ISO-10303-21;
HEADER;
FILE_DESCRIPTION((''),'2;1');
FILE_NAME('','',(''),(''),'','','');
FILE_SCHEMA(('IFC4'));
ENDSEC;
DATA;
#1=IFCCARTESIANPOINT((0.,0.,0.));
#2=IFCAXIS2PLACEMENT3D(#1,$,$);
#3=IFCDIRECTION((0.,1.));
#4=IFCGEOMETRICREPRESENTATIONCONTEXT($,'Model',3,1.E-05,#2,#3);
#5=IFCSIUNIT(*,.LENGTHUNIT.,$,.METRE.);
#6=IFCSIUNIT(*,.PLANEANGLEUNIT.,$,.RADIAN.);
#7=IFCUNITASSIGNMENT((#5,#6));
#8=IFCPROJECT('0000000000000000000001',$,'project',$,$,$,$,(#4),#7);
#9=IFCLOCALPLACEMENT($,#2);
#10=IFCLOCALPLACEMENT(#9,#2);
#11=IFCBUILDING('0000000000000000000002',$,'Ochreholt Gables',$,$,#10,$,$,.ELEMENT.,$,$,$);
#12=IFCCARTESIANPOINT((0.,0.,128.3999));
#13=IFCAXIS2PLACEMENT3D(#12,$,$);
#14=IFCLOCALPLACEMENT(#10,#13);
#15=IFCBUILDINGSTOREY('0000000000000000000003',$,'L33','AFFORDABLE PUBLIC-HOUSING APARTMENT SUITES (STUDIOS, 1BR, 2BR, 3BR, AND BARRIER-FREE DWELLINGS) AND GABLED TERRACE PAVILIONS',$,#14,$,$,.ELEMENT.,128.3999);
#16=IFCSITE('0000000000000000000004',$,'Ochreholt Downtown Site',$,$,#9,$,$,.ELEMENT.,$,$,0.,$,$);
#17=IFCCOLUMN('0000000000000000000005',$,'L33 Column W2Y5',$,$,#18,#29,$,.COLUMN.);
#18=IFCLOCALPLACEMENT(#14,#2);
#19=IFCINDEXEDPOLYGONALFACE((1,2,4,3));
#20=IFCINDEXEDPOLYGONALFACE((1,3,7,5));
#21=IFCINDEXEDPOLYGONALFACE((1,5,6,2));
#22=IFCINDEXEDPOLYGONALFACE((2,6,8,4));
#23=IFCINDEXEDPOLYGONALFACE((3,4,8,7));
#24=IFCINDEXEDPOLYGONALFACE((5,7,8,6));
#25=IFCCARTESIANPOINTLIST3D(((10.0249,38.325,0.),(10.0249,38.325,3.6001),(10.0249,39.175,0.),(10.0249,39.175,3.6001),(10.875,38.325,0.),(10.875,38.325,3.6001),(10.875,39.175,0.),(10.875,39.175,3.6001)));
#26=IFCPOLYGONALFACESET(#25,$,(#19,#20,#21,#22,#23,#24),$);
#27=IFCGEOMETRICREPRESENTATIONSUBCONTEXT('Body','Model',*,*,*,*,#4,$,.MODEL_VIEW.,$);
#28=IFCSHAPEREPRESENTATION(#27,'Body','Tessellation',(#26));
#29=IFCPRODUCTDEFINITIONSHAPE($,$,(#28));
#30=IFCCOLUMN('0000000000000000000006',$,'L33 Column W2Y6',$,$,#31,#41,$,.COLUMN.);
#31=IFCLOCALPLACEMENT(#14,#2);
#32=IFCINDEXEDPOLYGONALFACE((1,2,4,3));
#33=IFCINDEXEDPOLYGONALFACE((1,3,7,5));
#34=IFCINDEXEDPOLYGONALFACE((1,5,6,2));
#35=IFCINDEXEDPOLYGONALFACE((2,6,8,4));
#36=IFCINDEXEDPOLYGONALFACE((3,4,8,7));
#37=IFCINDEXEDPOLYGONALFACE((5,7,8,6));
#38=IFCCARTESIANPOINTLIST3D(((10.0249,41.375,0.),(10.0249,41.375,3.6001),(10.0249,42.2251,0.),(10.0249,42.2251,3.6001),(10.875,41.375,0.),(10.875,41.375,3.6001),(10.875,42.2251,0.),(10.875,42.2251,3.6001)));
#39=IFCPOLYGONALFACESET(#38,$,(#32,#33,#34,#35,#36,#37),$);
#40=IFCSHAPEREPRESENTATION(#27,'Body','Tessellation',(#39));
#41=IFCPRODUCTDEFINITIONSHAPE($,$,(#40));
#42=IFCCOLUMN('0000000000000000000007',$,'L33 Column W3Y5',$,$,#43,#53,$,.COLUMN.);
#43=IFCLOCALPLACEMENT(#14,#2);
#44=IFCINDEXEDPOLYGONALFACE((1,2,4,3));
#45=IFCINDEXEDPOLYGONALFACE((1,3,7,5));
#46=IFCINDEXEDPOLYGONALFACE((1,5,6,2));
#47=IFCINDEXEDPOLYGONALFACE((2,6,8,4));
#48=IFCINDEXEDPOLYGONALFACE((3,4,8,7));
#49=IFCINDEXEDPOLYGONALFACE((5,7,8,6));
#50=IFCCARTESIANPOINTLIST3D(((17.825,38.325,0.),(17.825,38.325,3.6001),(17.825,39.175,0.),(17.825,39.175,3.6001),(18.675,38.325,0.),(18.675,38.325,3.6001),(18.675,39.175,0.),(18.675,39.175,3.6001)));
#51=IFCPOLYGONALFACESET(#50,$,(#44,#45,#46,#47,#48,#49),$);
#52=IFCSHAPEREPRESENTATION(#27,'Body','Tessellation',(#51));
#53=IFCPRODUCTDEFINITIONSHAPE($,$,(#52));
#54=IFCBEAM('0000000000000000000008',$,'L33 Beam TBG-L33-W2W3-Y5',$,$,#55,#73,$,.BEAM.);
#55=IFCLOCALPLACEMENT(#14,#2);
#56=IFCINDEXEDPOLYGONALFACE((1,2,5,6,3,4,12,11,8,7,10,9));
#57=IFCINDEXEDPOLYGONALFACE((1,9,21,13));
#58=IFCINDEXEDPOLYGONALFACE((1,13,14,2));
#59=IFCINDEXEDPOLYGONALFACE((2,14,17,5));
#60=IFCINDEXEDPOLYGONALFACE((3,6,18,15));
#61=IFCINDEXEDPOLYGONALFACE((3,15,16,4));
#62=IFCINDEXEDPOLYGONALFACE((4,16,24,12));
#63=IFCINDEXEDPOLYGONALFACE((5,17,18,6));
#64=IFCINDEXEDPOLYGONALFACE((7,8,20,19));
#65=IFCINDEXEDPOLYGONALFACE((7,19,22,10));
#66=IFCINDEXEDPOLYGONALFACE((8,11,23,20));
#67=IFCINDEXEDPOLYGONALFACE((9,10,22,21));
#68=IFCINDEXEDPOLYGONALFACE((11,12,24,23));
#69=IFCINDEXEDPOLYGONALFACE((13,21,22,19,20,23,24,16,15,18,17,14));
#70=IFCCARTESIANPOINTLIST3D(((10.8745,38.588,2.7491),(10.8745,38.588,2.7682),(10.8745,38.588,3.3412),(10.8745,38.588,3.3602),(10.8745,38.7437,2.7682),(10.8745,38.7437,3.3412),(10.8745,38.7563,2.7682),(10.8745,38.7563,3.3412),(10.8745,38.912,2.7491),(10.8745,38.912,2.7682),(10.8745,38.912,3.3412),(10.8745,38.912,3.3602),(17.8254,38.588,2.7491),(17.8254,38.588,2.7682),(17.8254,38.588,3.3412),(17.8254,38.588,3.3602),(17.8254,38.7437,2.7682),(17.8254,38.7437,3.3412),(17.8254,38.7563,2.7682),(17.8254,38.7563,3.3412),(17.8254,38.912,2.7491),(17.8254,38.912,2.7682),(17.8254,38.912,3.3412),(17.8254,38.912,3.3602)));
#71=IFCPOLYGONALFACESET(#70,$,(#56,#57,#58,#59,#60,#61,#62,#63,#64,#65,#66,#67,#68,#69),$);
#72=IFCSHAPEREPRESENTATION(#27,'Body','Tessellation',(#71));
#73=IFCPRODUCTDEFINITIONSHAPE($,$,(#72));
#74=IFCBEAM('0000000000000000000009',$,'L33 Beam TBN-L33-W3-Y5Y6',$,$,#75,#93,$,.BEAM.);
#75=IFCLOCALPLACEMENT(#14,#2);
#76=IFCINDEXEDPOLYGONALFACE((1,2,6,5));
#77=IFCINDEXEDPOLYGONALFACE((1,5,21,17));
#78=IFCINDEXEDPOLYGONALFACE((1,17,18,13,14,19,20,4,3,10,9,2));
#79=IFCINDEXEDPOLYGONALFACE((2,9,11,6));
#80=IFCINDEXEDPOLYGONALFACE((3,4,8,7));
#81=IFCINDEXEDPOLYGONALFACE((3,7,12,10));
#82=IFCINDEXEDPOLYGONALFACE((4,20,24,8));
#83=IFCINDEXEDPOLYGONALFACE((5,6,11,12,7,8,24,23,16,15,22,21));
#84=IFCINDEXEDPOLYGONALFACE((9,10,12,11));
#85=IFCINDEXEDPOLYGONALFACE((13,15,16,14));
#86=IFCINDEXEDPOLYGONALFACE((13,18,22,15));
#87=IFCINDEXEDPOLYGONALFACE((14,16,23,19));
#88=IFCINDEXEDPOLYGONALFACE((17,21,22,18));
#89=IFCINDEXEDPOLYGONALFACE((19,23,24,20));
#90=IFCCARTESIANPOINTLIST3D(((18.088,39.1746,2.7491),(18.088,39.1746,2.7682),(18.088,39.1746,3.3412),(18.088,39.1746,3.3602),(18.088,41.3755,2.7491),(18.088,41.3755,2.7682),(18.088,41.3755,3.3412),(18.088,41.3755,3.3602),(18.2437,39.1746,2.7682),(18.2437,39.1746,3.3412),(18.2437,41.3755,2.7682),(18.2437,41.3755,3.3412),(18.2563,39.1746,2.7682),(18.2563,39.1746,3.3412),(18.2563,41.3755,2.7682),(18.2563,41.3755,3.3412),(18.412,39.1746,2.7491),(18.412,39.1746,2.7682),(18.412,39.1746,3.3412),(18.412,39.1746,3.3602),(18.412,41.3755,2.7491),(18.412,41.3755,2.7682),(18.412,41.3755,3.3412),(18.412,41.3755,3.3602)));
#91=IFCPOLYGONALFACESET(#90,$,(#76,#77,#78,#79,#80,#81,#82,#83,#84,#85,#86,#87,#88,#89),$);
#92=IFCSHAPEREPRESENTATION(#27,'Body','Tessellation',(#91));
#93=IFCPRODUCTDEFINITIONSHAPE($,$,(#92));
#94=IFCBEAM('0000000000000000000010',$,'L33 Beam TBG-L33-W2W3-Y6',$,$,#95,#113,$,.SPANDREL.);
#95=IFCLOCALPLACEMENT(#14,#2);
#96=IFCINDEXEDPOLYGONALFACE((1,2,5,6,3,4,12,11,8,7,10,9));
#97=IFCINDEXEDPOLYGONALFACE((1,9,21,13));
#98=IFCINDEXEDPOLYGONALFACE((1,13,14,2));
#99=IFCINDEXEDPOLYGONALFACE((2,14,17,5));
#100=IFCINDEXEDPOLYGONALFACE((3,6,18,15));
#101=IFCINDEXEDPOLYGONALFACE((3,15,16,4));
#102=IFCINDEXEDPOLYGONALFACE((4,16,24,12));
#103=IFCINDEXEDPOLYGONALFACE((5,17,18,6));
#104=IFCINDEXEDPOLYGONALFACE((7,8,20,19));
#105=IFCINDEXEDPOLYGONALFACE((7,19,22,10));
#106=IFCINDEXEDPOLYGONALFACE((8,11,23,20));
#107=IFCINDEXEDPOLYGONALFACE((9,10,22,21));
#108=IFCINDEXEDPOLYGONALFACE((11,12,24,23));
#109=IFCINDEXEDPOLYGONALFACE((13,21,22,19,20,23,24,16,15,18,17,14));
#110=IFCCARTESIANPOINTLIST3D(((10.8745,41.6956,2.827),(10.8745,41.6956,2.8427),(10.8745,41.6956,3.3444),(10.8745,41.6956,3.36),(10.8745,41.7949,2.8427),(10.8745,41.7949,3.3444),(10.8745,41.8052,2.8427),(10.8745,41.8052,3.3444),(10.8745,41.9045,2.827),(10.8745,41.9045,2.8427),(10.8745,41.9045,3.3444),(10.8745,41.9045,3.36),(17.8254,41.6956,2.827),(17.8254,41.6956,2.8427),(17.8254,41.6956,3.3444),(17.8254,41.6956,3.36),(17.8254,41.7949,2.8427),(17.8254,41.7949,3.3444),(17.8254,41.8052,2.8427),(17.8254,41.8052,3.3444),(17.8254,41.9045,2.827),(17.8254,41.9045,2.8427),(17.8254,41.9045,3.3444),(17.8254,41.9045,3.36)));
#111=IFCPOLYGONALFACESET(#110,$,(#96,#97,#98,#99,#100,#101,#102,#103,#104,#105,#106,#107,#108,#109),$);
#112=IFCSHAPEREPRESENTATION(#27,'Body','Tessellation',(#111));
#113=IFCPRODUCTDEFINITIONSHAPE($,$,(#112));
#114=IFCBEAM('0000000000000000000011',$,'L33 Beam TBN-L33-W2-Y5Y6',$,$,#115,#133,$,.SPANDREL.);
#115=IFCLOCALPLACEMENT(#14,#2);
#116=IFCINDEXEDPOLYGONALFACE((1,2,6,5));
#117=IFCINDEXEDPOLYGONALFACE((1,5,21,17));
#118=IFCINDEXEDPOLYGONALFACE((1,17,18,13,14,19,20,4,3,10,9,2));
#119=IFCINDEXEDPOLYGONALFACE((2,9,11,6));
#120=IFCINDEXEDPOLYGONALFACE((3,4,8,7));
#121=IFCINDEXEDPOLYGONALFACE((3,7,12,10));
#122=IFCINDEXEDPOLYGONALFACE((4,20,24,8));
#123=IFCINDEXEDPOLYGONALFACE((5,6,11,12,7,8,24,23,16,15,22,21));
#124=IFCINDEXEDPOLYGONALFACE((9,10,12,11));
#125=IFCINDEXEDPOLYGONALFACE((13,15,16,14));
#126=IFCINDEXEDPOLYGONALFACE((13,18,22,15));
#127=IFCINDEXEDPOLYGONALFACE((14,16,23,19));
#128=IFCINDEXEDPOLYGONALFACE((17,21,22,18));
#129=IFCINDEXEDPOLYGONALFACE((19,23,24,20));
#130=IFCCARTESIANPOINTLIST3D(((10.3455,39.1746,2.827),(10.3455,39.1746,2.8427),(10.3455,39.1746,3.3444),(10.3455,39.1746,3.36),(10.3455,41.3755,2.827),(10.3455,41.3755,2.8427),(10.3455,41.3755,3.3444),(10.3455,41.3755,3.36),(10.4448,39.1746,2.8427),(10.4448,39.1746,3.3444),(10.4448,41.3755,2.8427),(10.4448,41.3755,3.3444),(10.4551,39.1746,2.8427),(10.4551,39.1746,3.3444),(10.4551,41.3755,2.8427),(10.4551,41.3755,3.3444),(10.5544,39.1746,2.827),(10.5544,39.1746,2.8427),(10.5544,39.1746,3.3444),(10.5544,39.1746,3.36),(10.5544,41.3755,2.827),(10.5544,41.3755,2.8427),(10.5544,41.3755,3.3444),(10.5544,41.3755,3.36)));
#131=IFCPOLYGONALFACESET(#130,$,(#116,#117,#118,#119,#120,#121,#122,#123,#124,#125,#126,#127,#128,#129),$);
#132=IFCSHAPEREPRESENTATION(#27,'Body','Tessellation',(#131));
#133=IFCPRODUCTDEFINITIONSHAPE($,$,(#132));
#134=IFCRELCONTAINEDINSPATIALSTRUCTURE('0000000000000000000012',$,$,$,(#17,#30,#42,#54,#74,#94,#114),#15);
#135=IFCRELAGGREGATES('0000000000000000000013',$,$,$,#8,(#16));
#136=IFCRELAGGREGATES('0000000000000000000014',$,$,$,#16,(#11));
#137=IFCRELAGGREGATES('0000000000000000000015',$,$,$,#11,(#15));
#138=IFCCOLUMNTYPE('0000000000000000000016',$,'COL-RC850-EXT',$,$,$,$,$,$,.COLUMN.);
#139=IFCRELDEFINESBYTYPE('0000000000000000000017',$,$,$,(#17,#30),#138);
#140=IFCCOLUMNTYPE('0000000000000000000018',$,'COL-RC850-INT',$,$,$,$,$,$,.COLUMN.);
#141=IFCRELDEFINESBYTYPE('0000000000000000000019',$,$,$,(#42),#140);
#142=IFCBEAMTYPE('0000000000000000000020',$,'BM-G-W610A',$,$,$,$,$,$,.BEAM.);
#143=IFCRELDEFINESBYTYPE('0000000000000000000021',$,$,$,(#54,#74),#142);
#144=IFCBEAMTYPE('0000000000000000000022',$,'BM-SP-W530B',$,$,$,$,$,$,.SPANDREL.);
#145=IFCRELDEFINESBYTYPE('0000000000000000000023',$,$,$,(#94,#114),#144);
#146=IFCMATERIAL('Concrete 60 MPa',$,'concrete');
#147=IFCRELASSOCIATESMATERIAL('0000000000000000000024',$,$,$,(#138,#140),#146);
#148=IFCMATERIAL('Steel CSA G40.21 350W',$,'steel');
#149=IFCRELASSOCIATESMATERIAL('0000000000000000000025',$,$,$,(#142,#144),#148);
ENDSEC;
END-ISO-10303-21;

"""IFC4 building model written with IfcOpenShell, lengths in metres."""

from ifc_helpers import new_model, si_unit, direction, frame, origin, origin_2d, place, context, subcontext, project, spatial, rectangle, i_section, extrude, material, material_profile, profile_set, type_object, element, save


model = new_model("IFC4")

# Units and contexts
model_context = context("Model", 3, precision=1e-05, world=origin(), true_north=direction((0.0, 1.0)))
body_context = subcontext(model_context, "Body", "Model", "MODEL_VIEW")
ifc_project = project(units=[si_unit("LENGTHUNIT", "METRE"), si_unit("PLANEANGLEUNIT", "RADIAN")], contexts=[model_context])

# Site, building, storey
site_placement = place(None, origin())
site = spatial("IfcSite", under=ifc_project, at=site_placement, Name="Ochreholt Downtown Site", CompositionType="ELEMENT", RefElevation=0.0)
building_placement = place(site_placement, origin())
building = spatial("IfcBuilding", under=site, at=building_placement, Name="Ochreholt Gables", CompositionType="ELEMENT")
storey_placement = place(building_placement, frame((0.0, 0.0, 128.3999)))
storey = spatial("IfcBuildingStorey", under=building, at=storey_placement, Name="L33", Description="AFFORDABLE PUBLIC-HOUSING APARTMENT SUITES (STUDIOS, 1BR, 2BR, 3BR, AND BARRIER-FREE DWELLINGS) AND GABLED TERRACE PAVILIONS", CompositionType="ELEMENT", Elevation=128.3999)

# Columns
ifc_material_1 = material(Name="Concrete 60 MPa", Category="concrete")
ifc_material_profile_1 = material_profile(ifc_material_1, rectangle(XDim=0.8501, YDim=0.8501, at=origin_2d()), Name="RC850X850")
ifc_profile_set_1 = profile_set([ifc_material_profile_1], Name="Concrete 60 MPa")
column_type_1 = type_object("IfcColumnType", Name="COL-RC850-EXT", PredefinedType="COLUMN", material=ifc_profile_set_1)
for number, where, z_axis, x_axis, name in (
    (1, (10.45, 38.75, 0.0), (0.0, 0.0, 1.0), (1.0, 0.0, 0.0), "L33 Column W2Y5"),
    (2, (10.45, 41.8, 0.0), (0.0, 0.0, 1.0), (1.0, 0.0, 0.0), "L33 Column W2Y6"),
):
    element("IfcColumn", number, at=place(storey_placement, frame(where, z_axis=z_axis, x_axis=x_axis)), inside=storey, type_object=column_type_1, Name=name, PredefinedType="COLUMN", context=body_context, shape_type="SweptSolid", body=[
        extrude(rectangle(XDim=0.8501, YDim=0.8501, at=origin_2d()), origin(), (0.0, 0.0, 1.0), 3.6001),
    ])
ifc_material_profile_2 = material_profile(ifc_material_1, rectangle(XDim=0.8501, YDim=0.8501, at=origin_2d()), Name="RC850X850")
ifc_profile_set_2 = profile_set([ifc_material_profile_2], Name="Concrete 60 MPa")
column_type_2 = type_object("IfcColumnType", Name="COL-RC850-INT", PredefinedType="COLUMN", material=ifc_profile_set_2)
column_placement = place(storey_placement, frame((18.25, 38.75, 0.0), z_axis=(0.0, 0.0, 1.0), x_axis=(1.0, 0.0, 0.0)))
element("IfcColumn", 3, at=column_placement, inside=storey, type_object=column_type_2, Name="L33 Column W3Y5", PredefinedType="COLUMN", context=body_context, shape_type="SweptSolid", body=[
    extrude(rectangle(XDim=0.8501, YDim=0.8501, at=origin_2d()), origin(), (0.0, 0.0, 1.0), 3.6001),
])

# Beams
ifc_material_2 = material(Name="Steel CSA G40.21 350W", Category="steel")
ifc_material_profile_3 = material_profile(ifc_material_2, i_section(OverallWidth=0.324, OverallDepth=0.6111, WebThickness=0.0127, FlangeThickness=0.019, at=origin_2d()), Name="W610X155")
ifc_profile_set_3 = profile_set([ifc_material_profile_3], Name="Steel CSA G40.21 350W")
beam_type_1 = type_object("IfcBeamType", Name="BM-G-W610A", PredefinedType="BEAM", material=ifc_profile_set_3)
beam_1_placement = place(storey_placement, frame((10.8745, 38.75, 3.0547), z_axis=(1.0, 0.0, 0.0), x_axis=(0.0, 1.0, 0.0)))
element("IfcBeam", 4, at=beam_1_placement, inside=storey, type_object=beam_type_1, Name="L33 Beam TBG-L33-W2W3-Y5", PredefinedType="BEAM", context=body_context, shape_type="SweptSolid", body=[
    extrude(i_section(OverallWidth=0.324, OverallDepth=0.6111, WebThickness=0.0127, FlangeThickness=0.019, at=origin_2d()), origin(), (0.0, 0.0, 1.0), 6.9509),
])
beam_2_placement = place(storey_placement, frame((18.25, 39.1746, 3.0547), z_axis=(0.0, 1.0, 0.0), x_axis=(-1.0, 0.0, 0.0)))
element("IfcBeam", 5, at=beam_2_placement, inside=storey, type_object=beam_type_1, Name="L33 Beam TBN-L33-W3-Y5Y6", PredefinedType="BEAM", context=body_context, shape_type="SweptSolid", body=[
    extrude(i_section(OverallWidth=0.324, OverallDepth=0.6111, WebThickness=0.0127, FlangeThickness=0.019, at=origin_2d()), origin(), (0.0, 0.0, 1.0), 2.2009),
])
ifc_material_profile_4 = material_profile(ifc_material_2, i_section(OverallWidth=0.209, OverallDepth=0.533, WebThickness=0.0103, FlangeThickness=0.0156, at=origin_2d()), Name="W530X92")
ifc_profile_set_4 = profile_set([ifc_material_profile_4], Name="Steel CSA G40.21 350W")
beam_type_2 = type_object("IfcBeamType", Name="BM-SP-W530B", PredefinedType="SPANDREL", material=ifc_profile_set_4)
beam_3_placement = place(storey_placement, frame((10.8745, 41.8, 3.0935), z_axis=(1.0, 0.0, 0.0), x_axis=(0.0, 1.0, 0.0)))
element("IfcBeam", 6, at=beam_3_placement, inside=storey, type_object=beam_type_2, Name="L33 Beam TBG-L33-W2W3-Y6", PredefinedType="SPANDREL", context=body_context, shape_type="SweptSolid", body=[
    extrude(i_section(OverallWidth=0.209, OverallDepth=0.533, WebThickness=0.0103, FlangeThickness=0.0156, at=origin_2d()), origin(), (0.0, 0.0, 1.0), 6.9509),
])
beam_4_placement = place(storey_placement, frame((10.45, 39.1746, 3.0935), z_axis=(0.0, 1.0, 0.0), x_axis=(-1.0, 0.0, 0.0)))
element("IfcBeam", 7, at=beam_4_placement, inside=storey, type_object=beam_type_2, Name="L33 Beam TBN-L33-W2-Y5Y6", PredefinedType="SPANDREL", context=body_context, shape_type="SweptSolid", body=[
    extrude(i_section(OverallWidth=0.209, OverallDepth=0.533, WebThickness=0.0103, FlangeThickness=0.0156, at=origin_2d()), origin(), (0.0, 0.0, 1.0), 2.2009),
])

save(model, "model.ifc")
